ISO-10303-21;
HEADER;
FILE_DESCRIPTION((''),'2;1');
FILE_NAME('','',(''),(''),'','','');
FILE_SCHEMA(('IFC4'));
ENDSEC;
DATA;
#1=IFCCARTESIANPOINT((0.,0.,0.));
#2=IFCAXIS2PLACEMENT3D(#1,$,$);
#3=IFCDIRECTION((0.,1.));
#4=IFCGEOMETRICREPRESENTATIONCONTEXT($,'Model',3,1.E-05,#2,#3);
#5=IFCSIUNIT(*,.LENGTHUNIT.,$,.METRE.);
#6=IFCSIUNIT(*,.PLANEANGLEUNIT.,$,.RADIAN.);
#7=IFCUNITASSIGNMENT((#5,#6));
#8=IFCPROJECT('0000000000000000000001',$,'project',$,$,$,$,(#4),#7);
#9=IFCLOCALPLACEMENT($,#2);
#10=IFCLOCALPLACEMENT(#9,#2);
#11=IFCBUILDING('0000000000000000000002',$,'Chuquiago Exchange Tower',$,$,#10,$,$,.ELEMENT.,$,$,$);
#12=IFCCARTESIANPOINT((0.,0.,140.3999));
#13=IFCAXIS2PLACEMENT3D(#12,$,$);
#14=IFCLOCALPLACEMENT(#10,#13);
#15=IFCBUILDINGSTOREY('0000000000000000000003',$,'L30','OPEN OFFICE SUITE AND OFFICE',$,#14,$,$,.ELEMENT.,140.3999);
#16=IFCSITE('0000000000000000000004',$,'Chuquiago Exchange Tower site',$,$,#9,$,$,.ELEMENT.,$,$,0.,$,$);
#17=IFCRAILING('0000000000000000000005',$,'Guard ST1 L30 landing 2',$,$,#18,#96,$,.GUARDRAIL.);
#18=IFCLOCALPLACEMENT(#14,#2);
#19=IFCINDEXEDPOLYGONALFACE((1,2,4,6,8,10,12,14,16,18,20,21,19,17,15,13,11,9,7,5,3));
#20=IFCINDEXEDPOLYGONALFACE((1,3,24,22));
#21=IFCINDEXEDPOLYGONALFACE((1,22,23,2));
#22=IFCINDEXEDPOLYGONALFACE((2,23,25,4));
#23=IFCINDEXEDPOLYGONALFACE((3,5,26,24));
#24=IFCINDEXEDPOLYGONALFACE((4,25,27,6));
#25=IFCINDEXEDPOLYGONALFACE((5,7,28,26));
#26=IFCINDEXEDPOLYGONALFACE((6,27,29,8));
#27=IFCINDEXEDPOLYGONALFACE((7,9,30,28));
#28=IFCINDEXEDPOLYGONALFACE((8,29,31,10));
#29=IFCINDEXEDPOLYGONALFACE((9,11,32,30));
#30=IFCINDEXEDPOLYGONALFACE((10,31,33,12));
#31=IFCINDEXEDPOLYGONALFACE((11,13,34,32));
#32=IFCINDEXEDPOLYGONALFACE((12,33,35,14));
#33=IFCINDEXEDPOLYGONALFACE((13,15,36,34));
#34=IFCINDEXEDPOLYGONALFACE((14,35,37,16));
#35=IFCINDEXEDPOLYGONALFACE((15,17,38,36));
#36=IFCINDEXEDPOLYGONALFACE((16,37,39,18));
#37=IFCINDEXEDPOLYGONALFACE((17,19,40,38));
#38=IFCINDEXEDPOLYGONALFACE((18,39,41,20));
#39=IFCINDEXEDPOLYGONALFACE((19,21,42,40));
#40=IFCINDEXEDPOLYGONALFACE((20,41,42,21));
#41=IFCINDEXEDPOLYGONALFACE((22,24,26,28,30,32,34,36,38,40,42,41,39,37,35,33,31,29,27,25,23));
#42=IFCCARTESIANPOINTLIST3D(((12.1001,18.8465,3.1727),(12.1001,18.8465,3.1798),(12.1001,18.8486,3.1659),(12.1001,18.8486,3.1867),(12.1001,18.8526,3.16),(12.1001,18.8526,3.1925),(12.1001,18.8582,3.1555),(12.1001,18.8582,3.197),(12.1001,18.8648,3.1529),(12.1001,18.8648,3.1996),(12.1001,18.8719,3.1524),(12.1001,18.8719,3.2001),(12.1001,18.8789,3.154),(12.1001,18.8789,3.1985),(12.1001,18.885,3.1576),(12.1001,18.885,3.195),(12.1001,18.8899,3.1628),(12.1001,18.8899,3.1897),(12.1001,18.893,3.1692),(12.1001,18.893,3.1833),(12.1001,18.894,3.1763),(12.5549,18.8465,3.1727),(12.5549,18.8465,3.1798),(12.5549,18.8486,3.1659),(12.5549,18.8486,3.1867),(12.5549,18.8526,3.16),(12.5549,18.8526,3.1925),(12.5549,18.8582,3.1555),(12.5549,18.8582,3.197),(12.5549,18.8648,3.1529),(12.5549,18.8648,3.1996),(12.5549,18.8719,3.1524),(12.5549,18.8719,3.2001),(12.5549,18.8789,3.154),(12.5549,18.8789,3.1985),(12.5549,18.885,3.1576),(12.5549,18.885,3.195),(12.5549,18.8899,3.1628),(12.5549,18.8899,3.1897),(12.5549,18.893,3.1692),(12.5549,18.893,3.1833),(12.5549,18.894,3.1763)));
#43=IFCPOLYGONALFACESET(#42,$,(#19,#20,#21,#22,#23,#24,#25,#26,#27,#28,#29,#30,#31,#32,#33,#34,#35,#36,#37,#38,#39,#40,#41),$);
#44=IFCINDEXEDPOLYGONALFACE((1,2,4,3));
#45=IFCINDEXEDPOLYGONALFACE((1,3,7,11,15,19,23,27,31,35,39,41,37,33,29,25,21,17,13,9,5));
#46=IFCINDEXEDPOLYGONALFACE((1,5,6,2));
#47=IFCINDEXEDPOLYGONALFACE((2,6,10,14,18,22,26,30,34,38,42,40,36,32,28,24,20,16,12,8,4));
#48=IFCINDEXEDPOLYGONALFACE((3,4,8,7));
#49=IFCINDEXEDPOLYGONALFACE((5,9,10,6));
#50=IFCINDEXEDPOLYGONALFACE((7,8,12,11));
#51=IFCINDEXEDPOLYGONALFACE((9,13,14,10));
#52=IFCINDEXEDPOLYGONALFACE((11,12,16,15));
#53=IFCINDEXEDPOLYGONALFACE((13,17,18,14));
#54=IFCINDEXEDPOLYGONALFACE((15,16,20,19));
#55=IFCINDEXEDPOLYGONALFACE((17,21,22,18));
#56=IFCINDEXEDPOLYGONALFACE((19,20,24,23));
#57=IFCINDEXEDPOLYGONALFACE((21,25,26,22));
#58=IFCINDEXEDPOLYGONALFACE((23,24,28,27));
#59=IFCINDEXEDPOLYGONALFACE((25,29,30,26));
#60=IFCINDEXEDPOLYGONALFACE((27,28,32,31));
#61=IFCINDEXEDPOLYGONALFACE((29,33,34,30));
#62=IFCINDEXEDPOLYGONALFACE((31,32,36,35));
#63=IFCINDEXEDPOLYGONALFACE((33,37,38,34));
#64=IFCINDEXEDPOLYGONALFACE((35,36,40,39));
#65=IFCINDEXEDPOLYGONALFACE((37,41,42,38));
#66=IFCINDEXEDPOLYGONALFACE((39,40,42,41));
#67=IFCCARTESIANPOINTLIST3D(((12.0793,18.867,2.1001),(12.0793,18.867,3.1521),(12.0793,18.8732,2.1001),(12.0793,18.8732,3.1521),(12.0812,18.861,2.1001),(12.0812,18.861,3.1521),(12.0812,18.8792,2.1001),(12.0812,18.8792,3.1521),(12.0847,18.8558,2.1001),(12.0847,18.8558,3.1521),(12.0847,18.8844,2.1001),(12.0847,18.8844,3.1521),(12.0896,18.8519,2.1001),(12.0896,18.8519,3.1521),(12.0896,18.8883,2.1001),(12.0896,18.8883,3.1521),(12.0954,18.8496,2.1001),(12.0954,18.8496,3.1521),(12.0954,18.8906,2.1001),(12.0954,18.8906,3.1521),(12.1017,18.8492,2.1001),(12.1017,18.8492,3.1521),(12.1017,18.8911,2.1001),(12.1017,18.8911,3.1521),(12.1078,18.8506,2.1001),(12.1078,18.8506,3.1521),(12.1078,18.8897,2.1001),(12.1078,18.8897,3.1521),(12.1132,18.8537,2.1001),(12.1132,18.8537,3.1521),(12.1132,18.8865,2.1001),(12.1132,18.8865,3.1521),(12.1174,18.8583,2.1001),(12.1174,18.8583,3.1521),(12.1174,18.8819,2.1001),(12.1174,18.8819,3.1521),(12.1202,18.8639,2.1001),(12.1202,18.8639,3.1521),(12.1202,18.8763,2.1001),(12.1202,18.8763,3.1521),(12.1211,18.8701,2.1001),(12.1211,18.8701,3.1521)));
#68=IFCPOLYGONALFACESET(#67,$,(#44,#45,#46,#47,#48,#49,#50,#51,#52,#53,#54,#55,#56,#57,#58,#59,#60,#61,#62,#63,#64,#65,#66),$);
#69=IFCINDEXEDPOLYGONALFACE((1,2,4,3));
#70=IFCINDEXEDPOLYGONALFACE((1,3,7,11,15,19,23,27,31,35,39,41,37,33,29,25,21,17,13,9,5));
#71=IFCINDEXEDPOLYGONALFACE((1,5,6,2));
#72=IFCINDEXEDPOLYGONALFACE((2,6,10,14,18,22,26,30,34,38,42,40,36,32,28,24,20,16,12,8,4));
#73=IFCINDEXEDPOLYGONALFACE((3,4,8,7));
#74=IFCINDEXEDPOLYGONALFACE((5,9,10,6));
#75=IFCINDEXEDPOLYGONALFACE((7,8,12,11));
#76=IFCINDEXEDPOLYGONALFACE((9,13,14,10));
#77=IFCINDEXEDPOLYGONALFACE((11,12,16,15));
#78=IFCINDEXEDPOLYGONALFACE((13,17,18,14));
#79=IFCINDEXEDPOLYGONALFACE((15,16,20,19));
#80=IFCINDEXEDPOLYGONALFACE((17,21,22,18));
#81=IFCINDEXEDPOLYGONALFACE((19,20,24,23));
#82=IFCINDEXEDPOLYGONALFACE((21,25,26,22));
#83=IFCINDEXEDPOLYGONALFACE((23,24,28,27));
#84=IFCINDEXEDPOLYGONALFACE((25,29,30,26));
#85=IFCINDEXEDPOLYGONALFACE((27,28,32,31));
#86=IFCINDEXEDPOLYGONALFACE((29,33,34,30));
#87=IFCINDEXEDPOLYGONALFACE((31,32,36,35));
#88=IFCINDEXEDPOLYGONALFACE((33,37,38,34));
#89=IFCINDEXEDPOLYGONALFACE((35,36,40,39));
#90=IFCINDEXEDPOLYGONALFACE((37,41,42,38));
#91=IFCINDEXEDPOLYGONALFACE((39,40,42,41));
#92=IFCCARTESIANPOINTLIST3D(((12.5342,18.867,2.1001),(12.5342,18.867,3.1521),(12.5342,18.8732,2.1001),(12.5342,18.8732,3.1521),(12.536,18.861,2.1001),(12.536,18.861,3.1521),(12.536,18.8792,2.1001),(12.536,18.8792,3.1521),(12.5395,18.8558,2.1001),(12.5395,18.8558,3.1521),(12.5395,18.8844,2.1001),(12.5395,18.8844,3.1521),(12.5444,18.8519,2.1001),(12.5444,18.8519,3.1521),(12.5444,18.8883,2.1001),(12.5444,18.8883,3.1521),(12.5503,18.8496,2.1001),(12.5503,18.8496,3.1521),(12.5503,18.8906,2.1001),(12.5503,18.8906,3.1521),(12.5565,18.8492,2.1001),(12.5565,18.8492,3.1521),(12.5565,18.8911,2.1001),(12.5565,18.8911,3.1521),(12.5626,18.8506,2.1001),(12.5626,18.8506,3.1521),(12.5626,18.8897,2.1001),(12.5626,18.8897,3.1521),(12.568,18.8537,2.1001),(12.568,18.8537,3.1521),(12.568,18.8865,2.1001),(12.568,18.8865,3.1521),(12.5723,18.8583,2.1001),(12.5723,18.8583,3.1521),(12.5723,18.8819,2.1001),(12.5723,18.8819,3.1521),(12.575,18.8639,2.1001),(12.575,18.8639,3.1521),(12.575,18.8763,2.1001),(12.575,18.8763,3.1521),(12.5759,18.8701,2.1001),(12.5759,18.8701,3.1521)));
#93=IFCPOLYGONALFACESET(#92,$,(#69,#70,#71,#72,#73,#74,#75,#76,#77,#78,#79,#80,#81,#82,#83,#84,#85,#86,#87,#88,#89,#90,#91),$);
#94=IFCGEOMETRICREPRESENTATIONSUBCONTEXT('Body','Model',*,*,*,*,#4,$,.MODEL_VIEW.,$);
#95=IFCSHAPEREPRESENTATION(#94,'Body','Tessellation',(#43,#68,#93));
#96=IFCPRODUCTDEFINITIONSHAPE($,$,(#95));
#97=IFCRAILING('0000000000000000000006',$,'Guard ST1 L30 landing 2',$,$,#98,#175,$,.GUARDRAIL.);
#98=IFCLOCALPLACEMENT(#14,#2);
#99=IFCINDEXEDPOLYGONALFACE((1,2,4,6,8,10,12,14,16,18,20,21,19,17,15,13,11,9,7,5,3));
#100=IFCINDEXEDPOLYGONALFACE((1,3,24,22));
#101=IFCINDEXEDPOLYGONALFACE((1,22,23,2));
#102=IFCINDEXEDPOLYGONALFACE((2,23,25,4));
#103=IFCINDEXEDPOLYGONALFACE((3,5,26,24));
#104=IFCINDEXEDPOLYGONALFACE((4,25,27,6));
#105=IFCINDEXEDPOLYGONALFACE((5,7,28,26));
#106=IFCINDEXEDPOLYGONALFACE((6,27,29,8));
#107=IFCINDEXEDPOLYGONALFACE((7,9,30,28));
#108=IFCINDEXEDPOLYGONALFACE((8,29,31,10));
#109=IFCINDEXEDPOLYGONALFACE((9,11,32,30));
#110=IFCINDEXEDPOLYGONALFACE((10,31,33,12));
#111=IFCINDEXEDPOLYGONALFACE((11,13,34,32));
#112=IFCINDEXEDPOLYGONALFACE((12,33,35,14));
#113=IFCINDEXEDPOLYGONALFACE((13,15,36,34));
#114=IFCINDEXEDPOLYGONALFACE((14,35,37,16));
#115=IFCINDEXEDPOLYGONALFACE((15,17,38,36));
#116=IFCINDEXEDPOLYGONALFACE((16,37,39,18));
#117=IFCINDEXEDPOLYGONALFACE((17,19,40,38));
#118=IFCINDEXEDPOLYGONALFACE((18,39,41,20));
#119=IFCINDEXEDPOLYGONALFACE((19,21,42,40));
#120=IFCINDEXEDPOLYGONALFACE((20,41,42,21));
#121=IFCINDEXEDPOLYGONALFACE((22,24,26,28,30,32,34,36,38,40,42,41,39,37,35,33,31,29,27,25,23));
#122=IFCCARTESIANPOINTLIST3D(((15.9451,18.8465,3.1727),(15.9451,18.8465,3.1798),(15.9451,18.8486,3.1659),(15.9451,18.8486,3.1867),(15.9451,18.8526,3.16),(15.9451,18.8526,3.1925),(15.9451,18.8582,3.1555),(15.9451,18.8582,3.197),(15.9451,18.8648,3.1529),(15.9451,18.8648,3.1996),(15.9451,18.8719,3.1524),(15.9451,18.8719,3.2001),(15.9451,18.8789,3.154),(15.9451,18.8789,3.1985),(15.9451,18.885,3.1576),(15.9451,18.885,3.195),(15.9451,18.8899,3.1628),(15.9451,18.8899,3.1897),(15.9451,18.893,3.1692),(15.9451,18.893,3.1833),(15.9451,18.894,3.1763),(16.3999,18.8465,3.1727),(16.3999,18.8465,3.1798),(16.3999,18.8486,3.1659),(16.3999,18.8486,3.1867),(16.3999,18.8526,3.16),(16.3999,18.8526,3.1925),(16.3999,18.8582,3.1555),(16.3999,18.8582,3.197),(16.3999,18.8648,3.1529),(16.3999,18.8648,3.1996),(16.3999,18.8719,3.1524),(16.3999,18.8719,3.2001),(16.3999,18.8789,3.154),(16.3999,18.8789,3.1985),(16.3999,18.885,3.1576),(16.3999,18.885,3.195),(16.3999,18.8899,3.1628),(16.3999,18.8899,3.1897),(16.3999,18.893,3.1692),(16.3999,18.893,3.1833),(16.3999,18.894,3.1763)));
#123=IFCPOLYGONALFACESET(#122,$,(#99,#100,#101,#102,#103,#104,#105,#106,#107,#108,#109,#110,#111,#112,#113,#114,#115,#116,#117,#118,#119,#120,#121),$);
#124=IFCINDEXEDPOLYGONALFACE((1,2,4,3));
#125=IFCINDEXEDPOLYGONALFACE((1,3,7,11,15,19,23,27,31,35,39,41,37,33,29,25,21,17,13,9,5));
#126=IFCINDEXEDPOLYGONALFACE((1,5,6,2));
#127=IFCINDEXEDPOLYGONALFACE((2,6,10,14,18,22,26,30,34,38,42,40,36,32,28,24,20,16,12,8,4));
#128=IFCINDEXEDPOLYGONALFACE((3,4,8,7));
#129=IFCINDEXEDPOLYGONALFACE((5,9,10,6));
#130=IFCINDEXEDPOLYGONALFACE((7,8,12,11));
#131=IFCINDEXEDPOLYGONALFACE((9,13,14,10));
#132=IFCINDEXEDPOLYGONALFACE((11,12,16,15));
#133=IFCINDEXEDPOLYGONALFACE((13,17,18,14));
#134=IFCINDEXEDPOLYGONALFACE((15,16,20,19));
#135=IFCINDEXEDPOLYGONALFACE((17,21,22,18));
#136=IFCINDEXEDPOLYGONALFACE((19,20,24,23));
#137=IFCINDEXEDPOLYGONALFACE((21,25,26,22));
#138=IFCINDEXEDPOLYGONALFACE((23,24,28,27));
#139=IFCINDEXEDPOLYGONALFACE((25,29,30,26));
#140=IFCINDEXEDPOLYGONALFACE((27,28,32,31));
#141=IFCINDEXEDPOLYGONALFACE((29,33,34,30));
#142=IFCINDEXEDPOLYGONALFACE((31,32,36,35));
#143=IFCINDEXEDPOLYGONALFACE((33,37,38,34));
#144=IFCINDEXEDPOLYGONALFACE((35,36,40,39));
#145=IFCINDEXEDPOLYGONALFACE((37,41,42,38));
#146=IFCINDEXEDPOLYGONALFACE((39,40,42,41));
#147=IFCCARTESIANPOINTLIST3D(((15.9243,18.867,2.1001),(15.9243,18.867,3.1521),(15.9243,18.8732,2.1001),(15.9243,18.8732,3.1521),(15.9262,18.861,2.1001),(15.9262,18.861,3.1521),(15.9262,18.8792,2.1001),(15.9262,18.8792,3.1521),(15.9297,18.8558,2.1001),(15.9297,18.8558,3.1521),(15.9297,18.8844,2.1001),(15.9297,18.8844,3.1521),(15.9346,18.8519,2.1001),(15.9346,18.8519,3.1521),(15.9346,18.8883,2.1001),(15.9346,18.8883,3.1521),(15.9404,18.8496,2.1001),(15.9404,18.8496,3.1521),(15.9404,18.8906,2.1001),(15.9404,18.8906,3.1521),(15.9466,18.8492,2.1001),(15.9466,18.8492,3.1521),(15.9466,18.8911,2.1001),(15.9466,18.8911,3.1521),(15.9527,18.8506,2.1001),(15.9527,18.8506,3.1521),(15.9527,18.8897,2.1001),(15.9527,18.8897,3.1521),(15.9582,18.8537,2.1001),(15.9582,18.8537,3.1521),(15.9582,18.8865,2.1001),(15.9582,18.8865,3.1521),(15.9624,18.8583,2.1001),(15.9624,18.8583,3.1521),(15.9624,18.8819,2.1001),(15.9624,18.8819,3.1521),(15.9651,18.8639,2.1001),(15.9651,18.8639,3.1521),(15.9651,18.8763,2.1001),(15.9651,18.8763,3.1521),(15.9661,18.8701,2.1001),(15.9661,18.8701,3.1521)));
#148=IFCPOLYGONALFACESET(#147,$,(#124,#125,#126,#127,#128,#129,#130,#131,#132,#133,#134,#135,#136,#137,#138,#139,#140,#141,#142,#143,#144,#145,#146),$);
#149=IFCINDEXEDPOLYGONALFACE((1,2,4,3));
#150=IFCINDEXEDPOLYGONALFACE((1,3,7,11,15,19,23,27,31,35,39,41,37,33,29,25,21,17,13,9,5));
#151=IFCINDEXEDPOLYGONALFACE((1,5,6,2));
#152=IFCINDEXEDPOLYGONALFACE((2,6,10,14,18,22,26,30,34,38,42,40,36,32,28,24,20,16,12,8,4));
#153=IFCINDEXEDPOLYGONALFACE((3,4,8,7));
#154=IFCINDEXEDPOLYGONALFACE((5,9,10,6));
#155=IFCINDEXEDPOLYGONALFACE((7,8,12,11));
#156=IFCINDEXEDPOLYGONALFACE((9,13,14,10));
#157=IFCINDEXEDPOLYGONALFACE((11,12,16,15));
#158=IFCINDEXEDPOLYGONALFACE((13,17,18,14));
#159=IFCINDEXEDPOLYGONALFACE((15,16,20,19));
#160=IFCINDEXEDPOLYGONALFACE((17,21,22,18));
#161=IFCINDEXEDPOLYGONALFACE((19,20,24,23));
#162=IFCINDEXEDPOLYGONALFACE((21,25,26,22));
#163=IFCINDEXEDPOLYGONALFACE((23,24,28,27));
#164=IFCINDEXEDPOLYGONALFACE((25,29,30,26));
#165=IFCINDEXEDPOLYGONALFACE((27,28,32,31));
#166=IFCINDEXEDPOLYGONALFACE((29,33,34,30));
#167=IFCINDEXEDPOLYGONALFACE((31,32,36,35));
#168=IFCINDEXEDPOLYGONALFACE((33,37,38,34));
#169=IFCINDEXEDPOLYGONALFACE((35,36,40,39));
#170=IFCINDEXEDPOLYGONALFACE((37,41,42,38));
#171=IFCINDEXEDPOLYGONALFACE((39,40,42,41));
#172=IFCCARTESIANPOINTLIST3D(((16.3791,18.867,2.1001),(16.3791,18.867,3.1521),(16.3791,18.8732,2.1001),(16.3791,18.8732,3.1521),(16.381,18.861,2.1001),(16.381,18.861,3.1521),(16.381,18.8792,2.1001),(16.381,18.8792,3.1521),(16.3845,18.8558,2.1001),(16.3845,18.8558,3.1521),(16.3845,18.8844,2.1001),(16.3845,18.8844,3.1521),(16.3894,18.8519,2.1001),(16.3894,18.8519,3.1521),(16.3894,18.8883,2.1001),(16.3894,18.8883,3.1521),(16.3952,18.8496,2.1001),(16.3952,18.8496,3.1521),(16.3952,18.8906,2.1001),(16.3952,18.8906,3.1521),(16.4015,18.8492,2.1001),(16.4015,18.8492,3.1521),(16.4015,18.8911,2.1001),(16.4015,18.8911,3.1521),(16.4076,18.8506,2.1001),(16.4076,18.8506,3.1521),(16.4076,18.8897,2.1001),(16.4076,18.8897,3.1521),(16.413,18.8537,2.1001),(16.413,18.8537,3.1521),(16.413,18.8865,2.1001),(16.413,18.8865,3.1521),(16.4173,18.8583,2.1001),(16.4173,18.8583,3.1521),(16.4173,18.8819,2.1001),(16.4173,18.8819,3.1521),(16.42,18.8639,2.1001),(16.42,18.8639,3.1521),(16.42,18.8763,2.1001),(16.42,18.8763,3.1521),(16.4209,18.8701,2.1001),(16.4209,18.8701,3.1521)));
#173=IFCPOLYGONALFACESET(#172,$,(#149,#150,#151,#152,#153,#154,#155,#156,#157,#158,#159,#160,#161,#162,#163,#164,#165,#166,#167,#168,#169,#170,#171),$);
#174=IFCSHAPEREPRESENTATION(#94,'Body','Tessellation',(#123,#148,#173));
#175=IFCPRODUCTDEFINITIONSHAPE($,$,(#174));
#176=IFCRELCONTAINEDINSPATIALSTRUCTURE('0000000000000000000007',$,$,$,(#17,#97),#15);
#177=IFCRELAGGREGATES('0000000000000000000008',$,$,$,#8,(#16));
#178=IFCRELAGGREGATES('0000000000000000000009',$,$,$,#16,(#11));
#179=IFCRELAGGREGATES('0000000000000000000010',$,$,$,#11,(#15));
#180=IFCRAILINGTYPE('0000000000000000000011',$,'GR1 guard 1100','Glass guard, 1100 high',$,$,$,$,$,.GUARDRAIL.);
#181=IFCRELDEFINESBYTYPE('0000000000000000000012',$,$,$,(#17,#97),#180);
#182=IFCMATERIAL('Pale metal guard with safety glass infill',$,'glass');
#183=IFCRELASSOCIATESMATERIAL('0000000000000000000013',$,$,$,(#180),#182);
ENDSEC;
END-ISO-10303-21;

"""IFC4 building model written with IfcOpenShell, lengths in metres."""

from ifc_helpers import new_model, si_unit, direction, frame, origin, origin_2d, place, context, subcontext, project, spatial, circle, extrude, material, type_object, element, save


model = new_model("IFC4")

# Units and contexts
model_context = context("Model", 3, precision=1e-05, world=origin(), true_north=direction((0.0, 1.0)))
body_context = subcontext(model_context, "Body", "Model", "MODEL_VIEW")
ifc_project = project(units=[si_unit("LENGTHUNIT", "METRE"), si_unit("PLANEANGLEUNIT", "RADIAN")], contexts=[model_context])

# Site, building, storey
site_placement = place(None, origin())
site = spatial("IfcSite", under=ifc_project, at=site_placement, Name="Chuquiago Exchange Tower site", CompositionType="ELEMENT", RefElevation=0.0)
building_placement = place(site_placement, origin())
building = spatial("IfcBuilding", under=site, at=building_placement, Name="Chuquiago Exchange Tower", CompositionType="ELEMENT")
storey_placement = place(building_placement, frame((0.0, 0.0, 140.3999)))
storey = spatial("IfcBuildingStorey", under=building, at=storey_placement, Name="L30", Description="OPEN OFFICE SUITE AND OFFICE", CompositionType="ELEMENT", Elevation=140.3999)

# Railings
ifc_material_1 = material(Name="Pale metal guard with safety glass infill", Category="glass")
railing_type_1 = type_object("IfcRailingType", Name="GR1 guard 1100", Description="Glass guard, 1100 high", PredefinedType="GUARDRAIL", material=ifc_material_1)
for number, where, name in (
    (1, (12.1001, 18.8701, 2.1001), "Guard ST1 L30 landing 2"),
    (2, (15.9451, 18.8701, 2.1001), "Guard ST1 L30 landing 2"),
):
    element("IfcRailing", number, at=place(storey_placement, frame(where)), inside=storey, type_object=railing_type_1, Name=name, PredefinedType="GUARDRAIL", context=body_context, shape_type="SweptSolid", body=[
        extrude(circle(Radius=0.0239, at=origin_2d()), frame((0.0, 0.0, 1.0762), z_axis=(1.0, 0.0, 0.0), x_axis=(0.0, 1.0, 0.0)), (0.0, 0.0, 1.0), 0.4548),
        extrude(circle(Radius=0.021, at=origin_2d()), origin(), (0.0, 0.0, 1.0), 1.052),
        extrude(circle(Radius=0.021, at=origin_2d()), frame((0.4548, 0.0, 0.0)), (0.0, 0.0, 1.0), 1.052),
    ])

save(model, "model.ifc")
